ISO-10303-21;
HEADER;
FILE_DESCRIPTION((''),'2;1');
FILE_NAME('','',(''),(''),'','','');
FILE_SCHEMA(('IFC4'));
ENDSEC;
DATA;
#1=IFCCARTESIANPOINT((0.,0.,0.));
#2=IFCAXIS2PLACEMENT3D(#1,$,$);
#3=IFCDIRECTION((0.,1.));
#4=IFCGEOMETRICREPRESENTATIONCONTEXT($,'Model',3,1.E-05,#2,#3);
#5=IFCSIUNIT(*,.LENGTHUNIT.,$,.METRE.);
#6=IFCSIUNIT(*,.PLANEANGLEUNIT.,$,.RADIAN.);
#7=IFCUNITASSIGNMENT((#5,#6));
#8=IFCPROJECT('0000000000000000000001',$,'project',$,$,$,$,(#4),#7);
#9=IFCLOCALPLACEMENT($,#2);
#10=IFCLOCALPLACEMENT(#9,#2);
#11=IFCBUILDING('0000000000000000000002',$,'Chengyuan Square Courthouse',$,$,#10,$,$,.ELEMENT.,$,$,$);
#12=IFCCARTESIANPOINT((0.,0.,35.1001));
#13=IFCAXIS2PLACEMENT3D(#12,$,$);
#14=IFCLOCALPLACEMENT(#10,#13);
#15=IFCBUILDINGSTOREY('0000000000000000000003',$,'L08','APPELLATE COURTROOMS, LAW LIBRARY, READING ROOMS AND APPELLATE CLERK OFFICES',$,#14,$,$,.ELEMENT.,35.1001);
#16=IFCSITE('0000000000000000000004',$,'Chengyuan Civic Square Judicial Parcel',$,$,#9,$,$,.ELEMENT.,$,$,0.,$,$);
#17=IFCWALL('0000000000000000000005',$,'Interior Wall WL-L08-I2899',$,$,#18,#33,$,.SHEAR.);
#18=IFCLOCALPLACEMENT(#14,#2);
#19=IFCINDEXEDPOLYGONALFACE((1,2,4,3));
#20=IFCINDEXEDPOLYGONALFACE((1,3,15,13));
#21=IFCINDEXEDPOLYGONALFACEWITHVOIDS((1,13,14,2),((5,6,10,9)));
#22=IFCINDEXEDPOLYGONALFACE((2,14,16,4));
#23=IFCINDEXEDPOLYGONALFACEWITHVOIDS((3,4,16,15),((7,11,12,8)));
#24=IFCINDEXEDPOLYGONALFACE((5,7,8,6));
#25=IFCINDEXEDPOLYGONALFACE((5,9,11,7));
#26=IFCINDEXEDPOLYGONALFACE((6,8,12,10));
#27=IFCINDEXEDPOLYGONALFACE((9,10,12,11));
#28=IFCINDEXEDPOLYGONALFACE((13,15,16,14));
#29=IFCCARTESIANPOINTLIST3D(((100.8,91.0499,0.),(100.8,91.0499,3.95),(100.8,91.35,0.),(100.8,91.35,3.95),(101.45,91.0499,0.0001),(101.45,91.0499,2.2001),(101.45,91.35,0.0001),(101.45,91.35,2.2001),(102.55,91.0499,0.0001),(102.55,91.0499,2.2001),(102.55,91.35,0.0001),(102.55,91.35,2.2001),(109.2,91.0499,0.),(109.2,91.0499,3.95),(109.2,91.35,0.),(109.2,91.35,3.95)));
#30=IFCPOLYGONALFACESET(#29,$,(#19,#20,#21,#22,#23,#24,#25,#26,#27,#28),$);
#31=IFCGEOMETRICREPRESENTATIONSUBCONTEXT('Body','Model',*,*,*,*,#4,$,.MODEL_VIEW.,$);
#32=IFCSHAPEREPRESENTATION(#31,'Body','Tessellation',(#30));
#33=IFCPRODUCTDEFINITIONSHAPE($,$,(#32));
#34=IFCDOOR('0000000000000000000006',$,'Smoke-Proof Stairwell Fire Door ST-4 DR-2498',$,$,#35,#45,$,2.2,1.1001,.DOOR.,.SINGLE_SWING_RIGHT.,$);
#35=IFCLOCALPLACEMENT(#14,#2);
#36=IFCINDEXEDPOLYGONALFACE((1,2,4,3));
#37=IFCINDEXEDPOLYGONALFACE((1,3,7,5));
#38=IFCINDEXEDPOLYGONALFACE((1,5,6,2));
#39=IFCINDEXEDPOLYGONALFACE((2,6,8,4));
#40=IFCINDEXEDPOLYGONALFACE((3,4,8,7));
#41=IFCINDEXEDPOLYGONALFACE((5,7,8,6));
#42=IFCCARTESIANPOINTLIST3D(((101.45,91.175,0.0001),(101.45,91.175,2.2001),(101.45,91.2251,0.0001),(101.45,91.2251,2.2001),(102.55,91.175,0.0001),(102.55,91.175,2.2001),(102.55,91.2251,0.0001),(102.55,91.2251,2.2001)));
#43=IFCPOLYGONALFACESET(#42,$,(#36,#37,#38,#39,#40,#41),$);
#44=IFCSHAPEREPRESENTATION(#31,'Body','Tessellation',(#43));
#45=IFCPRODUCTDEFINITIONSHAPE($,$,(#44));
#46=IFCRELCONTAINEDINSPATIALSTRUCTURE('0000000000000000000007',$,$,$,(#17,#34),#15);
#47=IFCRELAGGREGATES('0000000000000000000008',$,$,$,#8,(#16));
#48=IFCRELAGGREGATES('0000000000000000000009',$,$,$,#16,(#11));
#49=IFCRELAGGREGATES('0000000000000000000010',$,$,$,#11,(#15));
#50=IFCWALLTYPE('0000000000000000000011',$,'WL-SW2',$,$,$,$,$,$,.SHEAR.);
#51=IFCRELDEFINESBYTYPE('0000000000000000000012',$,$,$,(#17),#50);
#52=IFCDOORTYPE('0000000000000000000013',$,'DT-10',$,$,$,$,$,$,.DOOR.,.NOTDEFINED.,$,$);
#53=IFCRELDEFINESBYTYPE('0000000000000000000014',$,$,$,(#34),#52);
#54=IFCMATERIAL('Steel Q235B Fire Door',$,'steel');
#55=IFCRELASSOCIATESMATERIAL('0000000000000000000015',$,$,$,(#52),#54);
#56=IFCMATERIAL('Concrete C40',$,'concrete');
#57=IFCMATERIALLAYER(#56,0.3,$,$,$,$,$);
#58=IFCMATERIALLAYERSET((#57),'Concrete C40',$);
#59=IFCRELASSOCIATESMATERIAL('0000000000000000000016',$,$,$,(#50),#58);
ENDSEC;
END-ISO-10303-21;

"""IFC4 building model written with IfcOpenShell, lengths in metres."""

from ifc_helpers import new_model, si_unit, direction, frame, frame_2d, origin, place, context, subcontext, project, spatial, rectangle, extrude, material, layer, layer_set, type_object, element, fill, save


model = new_model("IFC4")

# Units and contexts
model_context = context("Model", 3, precision=1e-05, world=origin(), true_north=direction((0.0, 1.0)))
body_context = subcontext(model_context, "Body", "Model", "MODEL_VIEW")
ifc_project = project(units=[si_unit("LENGTHUNIT", "METRE"), si_unit("PLANEANGLEUNIT", "RADIAN")], contexts=[model_context])

# Site, building, storey
site_placement = place(None, origin())
site = spatial("IfcSite", under=ifc_project, at=site_placement, Name="Chengyuan Civic Square Judicial Parcel", CompositionType="ELEMENT", RefElevation=0.0)
building_placement = place(site_placement, origin())
building = spatial("IfcBuilding", under=site, at=building_placement, Name="Chengyuan Square Courthouse", CompositionType="ELEMENT")
storey_placement = place(building_placement, frame((0.0, 0.0, 35.1001)))
storey = spatial("IfcBuildingStorey", under=building, at=storey_placement, Name="L08", Description="APPELLATE COURTROOMS, LAW LIBRARY, READING ROOMS AND APPELLATE CLERK OFFICES", CompositionType="ELEMENT", Elevation=35.1001)

# Shared definitions
ifc_material_1 = material(Name="Concrete C40", Category="concrete")

# Shared definitions
ifc_material_2 = material(Name="Steel Q235B Fire Door", Category="steel")
door_type_1 = type_object("IfcDoorType", Name="DT-10", OperationType="NOTDEFINED", PredefinedType="DOOR", material=ifc_material_2)

# Wall, opening, door
ifc_layer_1 = layer(ifc_material_1, 0.3)
ifc_layer_set_1 = layer_set([ifc_layer_1], Name="Concrete C40")
wall_type_1 = type_object("IfcWallType", Name="WL-SW2", PredefinedType="SHEAR", material=ifc_layer_set_1)
wall_1_placement = place(storey_placement, frame((100.8, 91.2, 0.0), z_axis=(0.0, 0.0, 1.0), x_axis=(1.0, 0.0, 0.0)))
wall_1 = element("IfcWall", 1, at=wall_1_placement, inside=storey, type_object=wall_type_1, Name="Interior Wall WL-L08-I2899", PredefinedType="SHEAR", context=body_context, shape_type="SweptSolid", body=[
    extrude(rectangle(XDim=8.3999, YDim=0.3, at=frame_2d((4.2, 0.0))), origin(), (0.0, 0.0, 1.0), 3.95),
])
opening_1_placement = place(wall_1_placement, frame((0.6499, 0.0, 0.0)))
opening_1 = element("IfcOpeningElement", 2, at=opening_1_placement, cuts=wall_1, PredefinedType="OPENING", context=body_context, shape_type="SweptSolid", body=[
    extrude(rectangle(XDim=1.1001, YDim=2.2, at=frame_2d((0.55, 1.1001))), frame((0.0, 0.1621, 0.0), z_axis=(0.0, -1.0, 0.0), x_axis=(1.0, 0.0, 0.0)), (0.0, 0.0, 1.0), 0.324),
])
door_1_placement = place(opening_1_placement, frame((1.1001, 0.0, 0.0), z_axis=(0.0, 0.0, 1.0), x_axis=(-1.0, 0.0, 0.0)))
door_1 = element("IfcDoor", 3, at=door_1_placement, inside=storey, type_object=door_type_1, Name="Smoke-Proof Stairwell Fire Door ST-4 DR-2498", OperationType="SINGLE_SWING_RIGHT", OverallHeight=2.2, OverallWidth=1.1001, PredefinedType="DOOR", context=body_context, shape_type="SweptSolid", body=[
    extrude(rectangle(XDim=1.1001, YDim=2.2, at=frame_2d((0.55, 1.1001))), frame((0.0, 0.0249, 0.0), z_axis=(0.0, -1.0, 0.0), x_axis=(1.0, 0.0, 0.0)), (0.0, 0.0, 1.0), 0.05),
])
fill(opening_1, door_1)

save(model, "model.ifc")
